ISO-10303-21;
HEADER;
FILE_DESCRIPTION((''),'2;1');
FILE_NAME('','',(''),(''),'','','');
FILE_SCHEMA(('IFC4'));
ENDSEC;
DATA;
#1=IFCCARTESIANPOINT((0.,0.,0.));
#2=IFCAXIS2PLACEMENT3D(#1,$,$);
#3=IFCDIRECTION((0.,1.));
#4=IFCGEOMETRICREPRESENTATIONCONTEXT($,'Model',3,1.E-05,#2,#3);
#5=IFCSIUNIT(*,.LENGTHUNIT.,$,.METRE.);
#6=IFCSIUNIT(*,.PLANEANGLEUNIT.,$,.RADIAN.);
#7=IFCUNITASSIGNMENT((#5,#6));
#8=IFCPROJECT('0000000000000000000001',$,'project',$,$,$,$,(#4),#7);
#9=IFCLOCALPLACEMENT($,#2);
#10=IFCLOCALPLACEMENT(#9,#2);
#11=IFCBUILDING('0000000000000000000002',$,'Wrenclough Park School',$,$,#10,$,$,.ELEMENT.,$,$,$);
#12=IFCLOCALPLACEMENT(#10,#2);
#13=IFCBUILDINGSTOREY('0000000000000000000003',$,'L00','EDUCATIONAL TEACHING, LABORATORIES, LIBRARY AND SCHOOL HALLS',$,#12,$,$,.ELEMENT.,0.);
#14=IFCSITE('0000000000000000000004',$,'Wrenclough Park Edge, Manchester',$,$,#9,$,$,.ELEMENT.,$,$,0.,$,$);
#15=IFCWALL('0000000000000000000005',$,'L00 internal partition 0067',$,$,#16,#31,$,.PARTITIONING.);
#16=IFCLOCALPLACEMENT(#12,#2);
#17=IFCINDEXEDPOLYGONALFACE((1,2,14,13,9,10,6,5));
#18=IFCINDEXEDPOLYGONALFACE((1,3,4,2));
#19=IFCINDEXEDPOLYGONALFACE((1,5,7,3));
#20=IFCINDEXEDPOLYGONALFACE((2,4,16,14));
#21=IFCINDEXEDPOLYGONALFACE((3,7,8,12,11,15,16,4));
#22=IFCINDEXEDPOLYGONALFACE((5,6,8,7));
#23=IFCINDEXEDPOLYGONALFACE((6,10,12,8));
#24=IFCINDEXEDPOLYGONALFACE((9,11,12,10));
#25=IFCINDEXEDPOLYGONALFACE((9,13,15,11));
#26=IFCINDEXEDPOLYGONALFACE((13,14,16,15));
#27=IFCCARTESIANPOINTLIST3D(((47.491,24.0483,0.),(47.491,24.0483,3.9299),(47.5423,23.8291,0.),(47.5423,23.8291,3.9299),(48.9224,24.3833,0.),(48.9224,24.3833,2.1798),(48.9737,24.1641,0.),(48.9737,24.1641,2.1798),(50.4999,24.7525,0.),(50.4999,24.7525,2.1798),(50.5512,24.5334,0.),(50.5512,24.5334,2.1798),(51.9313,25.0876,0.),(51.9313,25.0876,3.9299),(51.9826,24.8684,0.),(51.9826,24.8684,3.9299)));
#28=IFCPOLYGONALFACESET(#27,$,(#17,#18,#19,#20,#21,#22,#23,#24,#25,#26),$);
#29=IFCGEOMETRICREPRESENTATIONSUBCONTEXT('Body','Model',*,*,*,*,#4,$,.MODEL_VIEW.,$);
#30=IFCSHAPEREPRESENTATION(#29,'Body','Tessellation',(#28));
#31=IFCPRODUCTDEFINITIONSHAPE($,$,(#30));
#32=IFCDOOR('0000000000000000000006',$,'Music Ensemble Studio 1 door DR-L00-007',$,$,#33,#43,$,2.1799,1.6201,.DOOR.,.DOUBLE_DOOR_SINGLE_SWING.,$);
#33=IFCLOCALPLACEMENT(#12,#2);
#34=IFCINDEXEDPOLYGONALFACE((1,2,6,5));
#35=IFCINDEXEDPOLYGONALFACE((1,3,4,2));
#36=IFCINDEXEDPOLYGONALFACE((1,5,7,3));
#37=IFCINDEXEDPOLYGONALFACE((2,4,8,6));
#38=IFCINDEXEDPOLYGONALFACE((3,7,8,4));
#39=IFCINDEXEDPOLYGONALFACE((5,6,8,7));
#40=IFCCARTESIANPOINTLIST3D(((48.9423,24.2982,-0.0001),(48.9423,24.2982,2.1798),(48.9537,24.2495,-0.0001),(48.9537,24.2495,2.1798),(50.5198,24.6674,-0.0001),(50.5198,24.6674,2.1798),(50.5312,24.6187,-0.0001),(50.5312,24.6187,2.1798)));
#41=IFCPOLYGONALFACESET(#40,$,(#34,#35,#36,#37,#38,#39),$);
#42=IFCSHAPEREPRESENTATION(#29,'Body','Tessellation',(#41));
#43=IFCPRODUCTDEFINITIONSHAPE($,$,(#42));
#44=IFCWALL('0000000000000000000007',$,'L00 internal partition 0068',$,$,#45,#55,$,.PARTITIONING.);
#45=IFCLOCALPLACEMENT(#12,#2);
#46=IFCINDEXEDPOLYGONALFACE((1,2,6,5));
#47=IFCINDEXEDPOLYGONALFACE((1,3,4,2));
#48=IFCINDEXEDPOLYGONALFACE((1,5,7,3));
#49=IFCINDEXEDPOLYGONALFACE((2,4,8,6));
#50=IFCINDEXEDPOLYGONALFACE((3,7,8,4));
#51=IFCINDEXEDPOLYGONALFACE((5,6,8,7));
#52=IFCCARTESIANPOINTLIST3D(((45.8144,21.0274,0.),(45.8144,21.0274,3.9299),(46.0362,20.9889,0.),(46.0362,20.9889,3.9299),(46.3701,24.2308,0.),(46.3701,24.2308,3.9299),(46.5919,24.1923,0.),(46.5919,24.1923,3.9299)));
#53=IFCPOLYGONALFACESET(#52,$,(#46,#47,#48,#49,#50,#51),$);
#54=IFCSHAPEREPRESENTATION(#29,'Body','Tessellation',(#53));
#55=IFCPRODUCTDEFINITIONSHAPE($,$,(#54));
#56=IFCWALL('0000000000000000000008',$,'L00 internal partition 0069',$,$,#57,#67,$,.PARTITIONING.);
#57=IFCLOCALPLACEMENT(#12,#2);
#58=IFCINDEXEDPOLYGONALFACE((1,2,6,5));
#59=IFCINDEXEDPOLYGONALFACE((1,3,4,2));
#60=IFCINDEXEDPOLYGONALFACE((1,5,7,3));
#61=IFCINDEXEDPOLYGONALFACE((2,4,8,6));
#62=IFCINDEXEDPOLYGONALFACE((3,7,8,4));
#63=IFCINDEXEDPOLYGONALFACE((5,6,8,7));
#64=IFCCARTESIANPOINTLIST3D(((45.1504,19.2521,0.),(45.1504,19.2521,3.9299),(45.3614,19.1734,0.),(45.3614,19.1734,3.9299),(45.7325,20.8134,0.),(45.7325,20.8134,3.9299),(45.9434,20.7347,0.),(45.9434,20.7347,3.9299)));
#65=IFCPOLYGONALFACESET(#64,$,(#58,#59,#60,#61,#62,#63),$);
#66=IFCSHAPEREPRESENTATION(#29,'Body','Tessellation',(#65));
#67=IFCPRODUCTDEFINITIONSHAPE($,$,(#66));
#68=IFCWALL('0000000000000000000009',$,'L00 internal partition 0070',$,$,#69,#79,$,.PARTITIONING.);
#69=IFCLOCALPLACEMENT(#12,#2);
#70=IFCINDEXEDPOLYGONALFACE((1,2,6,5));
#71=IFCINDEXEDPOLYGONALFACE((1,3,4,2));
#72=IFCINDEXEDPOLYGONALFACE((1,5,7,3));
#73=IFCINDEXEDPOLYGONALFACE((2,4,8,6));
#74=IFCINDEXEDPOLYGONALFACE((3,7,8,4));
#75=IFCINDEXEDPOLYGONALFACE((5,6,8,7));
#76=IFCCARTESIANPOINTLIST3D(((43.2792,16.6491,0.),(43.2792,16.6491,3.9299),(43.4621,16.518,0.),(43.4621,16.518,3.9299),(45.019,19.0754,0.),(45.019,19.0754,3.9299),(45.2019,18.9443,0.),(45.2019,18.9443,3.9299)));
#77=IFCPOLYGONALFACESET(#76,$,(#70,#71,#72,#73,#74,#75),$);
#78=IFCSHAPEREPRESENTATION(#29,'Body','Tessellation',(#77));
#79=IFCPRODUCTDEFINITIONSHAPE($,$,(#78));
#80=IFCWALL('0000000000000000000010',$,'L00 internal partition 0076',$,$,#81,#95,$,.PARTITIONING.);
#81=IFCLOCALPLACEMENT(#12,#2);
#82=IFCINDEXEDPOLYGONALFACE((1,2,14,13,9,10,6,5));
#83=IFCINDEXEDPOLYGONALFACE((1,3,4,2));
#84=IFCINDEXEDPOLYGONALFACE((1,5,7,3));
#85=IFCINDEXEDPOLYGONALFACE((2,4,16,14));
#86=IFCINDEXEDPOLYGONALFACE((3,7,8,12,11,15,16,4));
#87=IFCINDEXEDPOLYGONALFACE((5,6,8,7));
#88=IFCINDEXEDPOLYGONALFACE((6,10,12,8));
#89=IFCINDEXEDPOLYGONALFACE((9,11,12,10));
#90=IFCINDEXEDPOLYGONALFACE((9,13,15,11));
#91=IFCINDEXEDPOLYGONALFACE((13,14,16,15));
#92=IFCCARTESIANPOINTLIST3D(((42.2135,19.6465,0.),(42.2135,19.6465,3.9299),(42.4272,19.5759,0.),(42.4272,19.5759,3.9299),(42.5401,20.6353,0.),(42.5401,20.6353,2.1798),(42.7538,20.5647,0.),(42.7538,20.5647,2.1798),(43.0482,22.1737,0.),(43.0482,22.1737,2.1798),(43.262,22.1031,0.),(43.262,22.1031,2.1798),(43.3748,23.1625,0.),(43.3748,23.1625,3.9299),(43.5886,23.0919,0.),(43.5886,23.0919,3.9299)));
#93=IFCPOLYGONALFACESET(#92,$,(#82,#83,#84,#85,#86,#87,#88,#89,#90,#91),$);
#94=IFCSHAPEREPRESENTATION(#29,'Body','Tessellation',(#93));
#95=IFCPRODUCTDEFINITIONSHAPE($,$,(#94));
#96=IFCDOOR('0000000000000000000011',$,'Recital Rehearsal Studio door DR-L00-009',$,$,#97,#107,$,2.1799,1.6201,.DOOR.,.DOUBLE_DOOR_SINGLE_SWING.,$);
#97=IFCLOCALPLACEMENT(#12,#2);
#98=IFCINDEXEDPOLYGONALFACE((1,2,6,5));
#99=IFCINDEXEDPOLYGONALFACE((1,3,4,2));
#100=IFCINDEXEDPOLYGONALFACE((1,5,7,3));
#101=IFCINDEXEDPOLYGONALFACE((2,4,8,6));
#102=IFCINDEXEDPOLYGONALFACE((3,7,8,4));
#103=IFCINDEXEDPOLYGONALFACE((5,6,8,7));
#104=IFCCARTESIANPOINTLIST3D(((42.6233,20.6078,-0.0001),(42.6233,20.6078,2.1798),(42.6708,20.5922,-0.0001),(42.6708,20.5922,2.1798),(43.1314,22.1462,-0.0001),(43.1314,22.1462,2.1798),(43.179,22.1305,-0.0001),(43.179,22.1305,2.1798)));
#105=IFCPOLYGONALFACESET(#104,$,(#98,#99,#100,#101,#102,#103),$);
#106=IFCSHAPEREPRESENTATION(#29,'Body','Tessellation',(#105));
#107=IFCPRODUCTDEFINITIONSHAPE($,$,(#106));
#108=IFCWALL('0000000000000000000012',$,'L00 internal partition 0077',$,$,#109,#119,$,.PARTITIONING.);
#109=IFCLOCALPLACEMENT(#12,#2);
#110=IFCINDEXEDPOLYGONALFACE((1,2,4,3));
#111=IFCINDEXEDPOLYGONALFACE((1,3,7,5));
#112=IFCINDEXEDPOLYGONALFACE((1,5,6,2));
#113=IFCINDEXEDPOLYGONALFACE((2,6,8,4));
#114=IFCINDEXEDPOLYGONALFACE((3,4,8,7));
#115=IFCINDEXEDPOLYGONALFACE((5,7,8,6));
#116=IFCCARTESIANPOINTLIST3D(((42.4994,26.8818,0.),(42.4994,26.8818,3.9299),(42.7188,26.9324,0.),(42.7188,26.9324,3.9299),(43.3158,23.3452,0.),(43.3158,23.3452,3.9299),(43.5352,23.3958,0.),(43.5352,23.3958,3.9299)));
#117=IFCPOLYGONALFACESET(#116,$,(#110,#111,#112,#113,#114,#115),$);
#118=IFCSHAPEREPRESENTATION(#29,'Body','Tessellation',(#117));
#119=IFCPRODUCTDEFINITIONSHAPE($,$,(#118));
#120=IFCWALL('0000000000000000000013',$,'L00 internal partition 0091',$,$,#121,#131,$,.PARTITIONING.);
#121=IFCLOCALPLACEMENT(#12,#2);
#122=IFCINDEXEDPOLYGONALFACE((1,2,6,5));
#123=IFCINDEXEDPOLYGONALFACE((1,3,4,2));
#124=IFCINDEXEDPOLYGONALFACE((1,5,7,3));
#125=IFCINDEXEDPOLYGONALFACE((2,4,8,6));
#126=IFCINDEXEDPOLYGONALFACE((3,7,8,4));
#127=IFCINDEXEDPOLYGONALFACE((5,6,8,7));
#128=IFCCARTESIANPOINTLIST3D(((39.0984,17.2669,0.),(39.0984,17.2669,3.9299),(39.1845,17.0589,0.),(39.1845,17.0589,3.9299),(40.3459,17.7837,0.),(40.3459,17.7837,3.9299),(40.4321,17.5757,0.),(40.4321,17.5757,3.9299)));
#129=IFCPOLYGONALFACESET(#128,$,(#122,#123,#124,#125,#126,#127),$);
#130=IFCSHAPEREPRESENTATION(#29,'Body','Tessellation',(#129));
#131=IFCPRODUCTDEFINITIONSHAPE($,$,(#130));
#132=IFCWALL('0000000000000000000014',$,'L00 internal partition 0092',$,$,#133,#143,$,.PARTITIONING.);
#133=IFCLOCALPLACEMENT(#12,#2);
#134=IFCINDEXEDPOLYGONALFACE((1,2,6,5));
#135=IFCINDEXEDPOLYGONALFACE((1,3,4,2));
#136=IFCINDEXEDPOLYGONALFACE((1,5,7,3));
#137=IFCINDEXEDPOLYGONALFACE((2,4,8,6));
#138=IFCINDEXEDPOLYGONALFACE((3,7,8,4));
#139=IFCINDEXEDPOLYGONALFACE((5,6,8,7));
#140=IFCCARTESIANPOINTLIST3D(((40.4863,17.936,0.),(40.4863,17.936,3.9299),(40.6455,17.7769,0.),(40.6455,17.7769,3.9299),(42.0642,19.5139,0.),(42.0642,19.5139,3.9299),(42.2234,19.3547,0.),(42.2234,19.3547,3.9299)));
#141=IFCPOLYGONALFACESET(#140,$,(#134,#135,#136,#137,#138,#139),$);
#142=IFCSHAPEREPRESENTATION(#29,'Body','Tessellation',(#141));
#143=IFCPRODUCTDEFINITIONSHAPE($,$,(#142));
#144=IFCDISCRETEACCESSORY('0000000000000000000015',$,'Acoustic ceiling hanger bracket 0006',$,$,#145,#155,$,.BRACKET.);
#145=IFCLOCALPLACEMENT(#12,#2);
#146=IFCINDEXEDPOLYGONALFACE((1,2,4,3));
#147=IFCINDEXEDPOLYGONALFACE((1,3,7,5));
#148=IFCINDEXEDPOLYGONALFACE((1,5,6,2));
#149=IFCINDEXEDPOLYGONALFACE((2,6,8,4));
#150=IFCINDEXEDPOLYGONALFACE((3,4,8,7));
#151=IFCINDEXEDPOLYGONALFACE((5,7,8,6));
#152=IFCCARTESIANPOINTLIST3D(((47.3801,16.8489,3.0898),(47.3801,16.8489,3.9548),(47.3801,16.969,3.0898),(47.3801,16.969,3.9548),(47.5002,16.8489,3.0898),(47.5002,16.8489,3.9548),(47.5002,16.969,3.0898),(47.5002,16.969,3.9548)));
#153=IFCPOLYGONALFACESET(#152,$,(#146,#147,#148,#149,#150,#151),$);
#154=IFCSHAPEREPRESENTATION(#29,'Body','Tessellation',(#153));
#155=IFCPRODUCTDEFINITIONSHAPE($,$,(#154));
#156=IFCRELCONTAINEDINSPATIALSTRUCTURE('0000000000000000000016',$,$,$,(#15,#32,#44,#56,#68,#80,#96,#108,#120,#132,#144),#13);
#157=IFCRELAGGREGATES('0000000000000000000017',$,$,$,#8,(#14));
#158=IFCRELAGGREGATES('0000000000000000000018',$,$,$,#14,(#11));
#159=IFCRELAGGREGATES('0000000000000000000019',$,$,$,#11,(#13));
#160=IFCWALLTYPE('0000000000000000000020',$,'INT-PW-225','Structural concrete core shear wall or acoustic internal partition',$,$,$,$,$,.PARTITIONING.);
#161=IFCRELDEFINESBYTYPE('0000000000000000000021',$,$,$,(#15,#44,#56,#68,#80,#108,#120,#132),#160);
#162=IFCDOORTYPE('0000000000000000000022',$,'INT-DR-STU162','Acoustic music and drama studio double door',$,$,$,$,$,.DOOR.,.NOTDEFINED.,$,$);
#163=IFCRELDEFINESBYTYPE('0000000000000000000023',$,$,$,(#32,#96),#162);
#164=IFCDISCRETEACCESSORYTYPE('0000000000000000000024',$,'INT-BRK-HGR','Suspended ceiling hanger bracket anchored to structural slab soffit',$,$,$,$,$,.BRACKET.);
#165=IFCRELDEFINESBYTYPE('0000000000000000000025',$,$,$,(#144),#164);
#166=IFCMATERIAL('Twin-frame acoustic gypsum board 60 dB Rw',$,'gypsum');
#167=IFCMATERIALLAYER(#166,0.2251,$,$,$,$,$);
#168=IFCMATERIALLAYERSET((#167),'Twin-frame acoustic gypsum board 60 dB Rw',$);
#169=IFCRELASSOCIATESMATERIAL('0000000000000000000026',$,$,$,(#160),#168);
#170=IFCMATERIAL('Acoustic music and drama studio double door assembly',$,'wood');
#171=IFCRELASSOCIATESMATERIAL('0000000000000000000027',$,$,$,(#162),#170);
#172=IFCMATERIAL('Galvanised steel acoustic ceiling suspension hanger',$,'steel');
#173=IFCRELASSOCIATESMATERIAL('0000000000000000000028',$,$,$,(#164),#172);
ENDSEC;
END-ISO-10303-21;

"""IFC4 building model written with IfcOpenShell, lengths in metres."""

from ifc_helpers import new_model, si_unit, direction, frame, frame_2d, origin, origin_2d, place, context, subcontext, project, spatial, rectangle, extrude, material, layer, layer_set, type_object, element, fill, save


model = new_model("IFC4")

# Units and contexts
model_context = context("Model", 3, precision=1e-05, world=origin(), true_north=direction((0.0, 1.0)))
body_context = subcontext(model_context, "Body", "Model", "MODEL_VIEW")
ifc_project = project(units=[si_unit("LENGTHUNIT", "METRE"), si_unit("PLANEANGLEUNIT", "RADIAN")], contexts=[model_context])

# Site, building, storey
site_placement = place(None, origin())
site = spatial("IfcSite", under=ifc_project, at=site_placement, Name="Wrenclough Park Edge, Manchester", CompositionType="ELEMENT", RefElevation=0.0)
building_placement = place(site_placement, origin())
building = spatial("IfcBuilding", under=site, at=building_placement, Name="Wrenclough Park School", CompositionType="ELEMENT")
storey_placement = place(building_placement, origin())
storey = spatial("IfcBuildingStorey", under=building, at=storey_placement, Name="L00", Description="EDUCATIONAL TEACHING, LABORATORIES, LIBRARY AND SCHOOL HALLS", CompositionType="ELEMENT", Elevation=0.0)

# Wall, opening, door
ifc_material_1 = material(Name="Twin-frame acoustic gypsum board 60 dB Rw", Category="gypsum")
ifc_layer_1 = layer(ifc_material_1, 0.2251)
ifc_layer_set_1 = layer_set([ifc_layer_1], Name="Twin-frame acoustic gypsum board 60 dB Rw")
wall_type_1 = type_object("IfcWallType", Name="INT-PW-225", Description="Structural concrete core shear wall or acoustic internal partition", PredefinedType="PARTITIONING", material=ifc_layer_set_1)
wall_1_placement = place(storey_placement, frame((51.957, 24.978, 0.0), z_axis=(0.0, 0.0, 1.0), x_axis=(-0.973683, -0.227908, 0.0)))
wall_1 = element("IfcWall", 1, at=wall_1_placement, inside=storey, type_object=wall_type_1, Name="L00 internal partition 0067", PredefinedType="PARTITIONING", context=body_context, shape_type="SweptSolid", body=[
    extrude(rectangle(XDim=4.5603, YDim=0.2251, at=frame_2d((2.2803, 0.0))), origin(), (0.0, 0.0, 1.0), 3.9299),
])
opening_1_placement = place(wall_1_placement, frame((1.4702, 0.0, 0.0)))
opening_1 = element("IfcOpeningElement", 2, at=opening_1_placement, cuts=wall_1, PredefinedType="OPENING", context=body_context, shape_type="SweptSolid", body=[
    extrude(rectangle(XDim=1.6201, YDim=2.1799, at=frame_2d((0.8101, 1.0898))), frame((0.0, 0.1226, 0.0), z_axis=(0.0, -1.0, 0.0), x_axis=(1.0, 0.0, 0.0)), (0.0, 0.0, 1.0), 0.2451),
])
ifc_material_2 = material(Name="Acoustic music and drama studio double door assembly", Category="wood")
door_type_1 = type_object("IfcDoorType", Name="INT-DR-STU162", Description="Acoustic music and drama studio double door", OperationType="NOTDEFINED", PredefinedType="DOOR", material=ifc_material_2)
door_1_placement = place(opening_1_placement, origin())
door_1 = element("IfcDoor", 3, at=door_1_placement, inside=storey, type_object=door_type_1, Name="Music Ensemble Studio 1 door DR-L00-007", OperationType="DOUBLE_DOOR_SINGLE_SWING", OverallHeight=2.1799, OverallWidth=1.6201, PredefinedType="DOOR", context=body_context, shape_type="SweptSolid", body=[
    extrude(rectangle(XDim=1.6201, YDim=2.1799, at=frame_2d((0.8101, 1.0898))), frame((0.0, 0.0249, 0.0), z_axis=(0.0, -1.0, 0.0), x_axis=(1.0, 0.0, 0.0)), (0.0, 0.0, 1.0), 0.05),
])
fill(opening_1, door_1)

# Walls
wall_2_placement = place(storey_placement, frame((46.481, 24.2114, 0.0), z_axis=(0.0, 0.0, 1.0), x_axis=(-0.17091, -0.985287, 0.0)))
element("IfcWall", 4, at=wall_2_placement, inside=storey, type_object=wall_type_1, Name="L00 internal partition 0068", PredefinedType="PARTITIONING", context=body_context, shape_type="SweptSolid", body=[
    extrude(rectangle(XDim=3.2512, YDim=0.2251, at=frame_2d((1.6255, 0.0))), origin(), (0.0, 0.0, 1.0), 3.9299),
])
wall_3_placement = place(storey_placement, frame((45.8379, 20.7739, 0.0), z_axis=(0.0, 0.0, 1.0), x_axis=(-0.349308, -0.937008, 0.0)))
element("IfcWall", 5, at=wall_3_placement, inside=storey, type_object=wall_type_1, Name="L00 internal partition 0069", PredefinedType="PARTITIONING", context=body_context, shape_type="SweptSolid", body=[
    extrude(rectangle(XDim=1.6663, YDim=0.2251, at=frame_2d((0.833, 0.0))), origin(), (0.0, 0.0, 1.0), 3.9299),
])
wall_4_placement = place(storey_placement, frame((45.1104, 19.0098, 0.0), z_axis=(0.0, 0.0, 1.0), x_axis=(-0.582722, -0.812671, 0.0)))
element("IfcWall", 6, at=wall_4_placement, inside=storey, type_object=wall_type_1, Name="L00 internal partition 0070", PredefinedType="PARTITIONING", context=body_context, shape_type="SweptSolid", body=[
    extrude(rectangle(XDim=2.9856, YDim=0.2251, at=frame_2d((1.4927, 0.0))), origin(), (0.0, 0.0, 1.0), 3.9299),
])

# Wall, opening, door
wall_5_placement = place(storey_placement, frame((42.3203, 19.6111, 0.0), z_axis=(0.0, 0.0, 1.0), x_axis=(0.313635, 0.949543, 0.0)))
wall_5 = element("IfcWall", 7, at=wall_5_placement, inside=storey, type_object=wall_type_1, Name="L00 internal partition 0076", PredefinedType="PARTITIONING", context=body_context, shape_type="SweptSolid", body=[
    extrude(rectangle(XDim=3.7029, YDim=0.2251, at=frame_2d((1.8516, 0.0))), origin(), (0.0, 0.0, 1.0), 3.9299),
])
opening_2_placement = place(wall_5_placement, frame((1.0415, 0.0, 0.0)))
opening_2 = element("IfcOpeningElement", 8, at=opening_2_placement, cuts=wall_5, PredefinedType="OPENING", context=body_context, shape_type="SweptSolid", body=[
    extrude(rectangle(XDim=1.6201, YDim=2.1799, at=frame_2d((0.8101, 1.0898))), frame((0.0, 0.1226, 0.0), z_axis=(0.0, -1.0, 0.0), x_axis=(1.0, 0.0, 0.0)), (0.0, 0.0, 1.0), 0.2451),
])
door_2_placement = place(opening_2_placement, origin())
door_2 = element("IfcDoor", 9, at=door_2_placement, inside=storey, type_object=door_type_1, Name="Recital Rehearsal Studio door DR-L00-009", OperationType="DOUBLE_DOOR_SINGLE_SWING", OverallHeight=2.1799, OverallWidth=1.6201, PredefinedType="DOOR", context=body_context, shape_type="SweptSolid", body=[
    extrude(rectangle(XDim=1.6201, YDim=2.1799, at=frame_2d((0.8101, 1.0898))), frame((0.0, 0.0249, 0.0), z_axis=(0.0, -1.0, 0.0), x_axis=(1.0, 0.0, 0.0)), (0.0, 0.0, 1.0), 0.05),
])
fill(opening_2, door_2)

# Walls
wall_6_placement = place(storey_placement, frame((43.4255, 23.3704, 0.0), z_axis=(0.0, 0.0, 1.0), x_axis=(-0.224928, 0.974375, 0.0)))
element("IfcWall", 10, at=wall_6_placement, inside=storey, type_object=wall_type_1, Name="L00 internal partition 0077", PredefinedType="PARTITIONING", context=body_context, shape_type="SweptSolid", body=[
    extrude(rectangle(XDim=3.6296, YDim=0.2251, at=frame_2d((1.8149, 0.0))), origin(), (0.0, 0.0, 1.0), 3.9299),
])
wall_7_placement = place(storey_placement, frame((39.1414, 17.1628, 0.0), z_axis=(0.0, 0.0, 1.0), x_axis=(0.923856, 0.38274, 0.0)))
element("IfcWall", 11, at=wall_7_placement, inside=storey, type_object=wall_type_1, Name="L00 internal partition 0091", PredefinedType="PARTITIONING", context=body_context, shape_type="SweptSolid", body=[
    extrude(rectangle(XDim=1.3503, YDim=0.2251, at=frame_2d((0.6753, 0.0))), origin(), (0.0, 0.0, 1.0), 3.9299),
])
wall_8_placement = place(storey_placement, frame((40.5659, 17.8564, 0.0), z_axis=(0.0, 0.0, 1.0), x_axis=(0.707107, 0.707107, 0.0)))
element("IfcWall", 12, at=wall_8_placement, inside=storey, type_object=wall_type_1, Name="L00 internal partition 0092", PredefinedType="PARTITIONING", context=body_context, shape_type="SweptSolid", body=[
    extrude(rectangle(XDim=2.2314, YDim=0.2251, at=frame_2d((1.1157, 0.0))), origin(), (0.0, 0.0, 1.0), 3.9299),
])

# Discrete accessory
ifc_material_3 = material(Name="Galvanised steel acoustic ceiling suspension hanger", Category="steel")
discrete_accessory_type = type_object("IfcDiscreteAccessoryType", Name="INT-BRK-HGR", Description="Suspended ceiling hanger bracket anchored to structural slab soffit", PredefinedType="BRACKET", material=ifc_material_3)
discrete_accessory_placement = place(storey_placement, frame((47.4402, 16.9089, 3.0898), z_axis=(0.0, 0.0, 1.0), x_axis=(1.0, 0.0, 0.0)))
element("IfcDiscreteAccessory", 13, at=discrete_accessory_placement, inside=storey, type_object=discrete_accessory_type, Name="Acoustic ceiling hanger bracket 0006", PredefinedType="BRACKET", context=body_context, shape_type="SweptSolid", body=[
    extrude(rectangle(XDim=0.1201, YDim=0.1201, at=origin_2d()), origin(), (0.0, 0.0, 1.0), 0.865),
])

save(model, "model.ifc")
